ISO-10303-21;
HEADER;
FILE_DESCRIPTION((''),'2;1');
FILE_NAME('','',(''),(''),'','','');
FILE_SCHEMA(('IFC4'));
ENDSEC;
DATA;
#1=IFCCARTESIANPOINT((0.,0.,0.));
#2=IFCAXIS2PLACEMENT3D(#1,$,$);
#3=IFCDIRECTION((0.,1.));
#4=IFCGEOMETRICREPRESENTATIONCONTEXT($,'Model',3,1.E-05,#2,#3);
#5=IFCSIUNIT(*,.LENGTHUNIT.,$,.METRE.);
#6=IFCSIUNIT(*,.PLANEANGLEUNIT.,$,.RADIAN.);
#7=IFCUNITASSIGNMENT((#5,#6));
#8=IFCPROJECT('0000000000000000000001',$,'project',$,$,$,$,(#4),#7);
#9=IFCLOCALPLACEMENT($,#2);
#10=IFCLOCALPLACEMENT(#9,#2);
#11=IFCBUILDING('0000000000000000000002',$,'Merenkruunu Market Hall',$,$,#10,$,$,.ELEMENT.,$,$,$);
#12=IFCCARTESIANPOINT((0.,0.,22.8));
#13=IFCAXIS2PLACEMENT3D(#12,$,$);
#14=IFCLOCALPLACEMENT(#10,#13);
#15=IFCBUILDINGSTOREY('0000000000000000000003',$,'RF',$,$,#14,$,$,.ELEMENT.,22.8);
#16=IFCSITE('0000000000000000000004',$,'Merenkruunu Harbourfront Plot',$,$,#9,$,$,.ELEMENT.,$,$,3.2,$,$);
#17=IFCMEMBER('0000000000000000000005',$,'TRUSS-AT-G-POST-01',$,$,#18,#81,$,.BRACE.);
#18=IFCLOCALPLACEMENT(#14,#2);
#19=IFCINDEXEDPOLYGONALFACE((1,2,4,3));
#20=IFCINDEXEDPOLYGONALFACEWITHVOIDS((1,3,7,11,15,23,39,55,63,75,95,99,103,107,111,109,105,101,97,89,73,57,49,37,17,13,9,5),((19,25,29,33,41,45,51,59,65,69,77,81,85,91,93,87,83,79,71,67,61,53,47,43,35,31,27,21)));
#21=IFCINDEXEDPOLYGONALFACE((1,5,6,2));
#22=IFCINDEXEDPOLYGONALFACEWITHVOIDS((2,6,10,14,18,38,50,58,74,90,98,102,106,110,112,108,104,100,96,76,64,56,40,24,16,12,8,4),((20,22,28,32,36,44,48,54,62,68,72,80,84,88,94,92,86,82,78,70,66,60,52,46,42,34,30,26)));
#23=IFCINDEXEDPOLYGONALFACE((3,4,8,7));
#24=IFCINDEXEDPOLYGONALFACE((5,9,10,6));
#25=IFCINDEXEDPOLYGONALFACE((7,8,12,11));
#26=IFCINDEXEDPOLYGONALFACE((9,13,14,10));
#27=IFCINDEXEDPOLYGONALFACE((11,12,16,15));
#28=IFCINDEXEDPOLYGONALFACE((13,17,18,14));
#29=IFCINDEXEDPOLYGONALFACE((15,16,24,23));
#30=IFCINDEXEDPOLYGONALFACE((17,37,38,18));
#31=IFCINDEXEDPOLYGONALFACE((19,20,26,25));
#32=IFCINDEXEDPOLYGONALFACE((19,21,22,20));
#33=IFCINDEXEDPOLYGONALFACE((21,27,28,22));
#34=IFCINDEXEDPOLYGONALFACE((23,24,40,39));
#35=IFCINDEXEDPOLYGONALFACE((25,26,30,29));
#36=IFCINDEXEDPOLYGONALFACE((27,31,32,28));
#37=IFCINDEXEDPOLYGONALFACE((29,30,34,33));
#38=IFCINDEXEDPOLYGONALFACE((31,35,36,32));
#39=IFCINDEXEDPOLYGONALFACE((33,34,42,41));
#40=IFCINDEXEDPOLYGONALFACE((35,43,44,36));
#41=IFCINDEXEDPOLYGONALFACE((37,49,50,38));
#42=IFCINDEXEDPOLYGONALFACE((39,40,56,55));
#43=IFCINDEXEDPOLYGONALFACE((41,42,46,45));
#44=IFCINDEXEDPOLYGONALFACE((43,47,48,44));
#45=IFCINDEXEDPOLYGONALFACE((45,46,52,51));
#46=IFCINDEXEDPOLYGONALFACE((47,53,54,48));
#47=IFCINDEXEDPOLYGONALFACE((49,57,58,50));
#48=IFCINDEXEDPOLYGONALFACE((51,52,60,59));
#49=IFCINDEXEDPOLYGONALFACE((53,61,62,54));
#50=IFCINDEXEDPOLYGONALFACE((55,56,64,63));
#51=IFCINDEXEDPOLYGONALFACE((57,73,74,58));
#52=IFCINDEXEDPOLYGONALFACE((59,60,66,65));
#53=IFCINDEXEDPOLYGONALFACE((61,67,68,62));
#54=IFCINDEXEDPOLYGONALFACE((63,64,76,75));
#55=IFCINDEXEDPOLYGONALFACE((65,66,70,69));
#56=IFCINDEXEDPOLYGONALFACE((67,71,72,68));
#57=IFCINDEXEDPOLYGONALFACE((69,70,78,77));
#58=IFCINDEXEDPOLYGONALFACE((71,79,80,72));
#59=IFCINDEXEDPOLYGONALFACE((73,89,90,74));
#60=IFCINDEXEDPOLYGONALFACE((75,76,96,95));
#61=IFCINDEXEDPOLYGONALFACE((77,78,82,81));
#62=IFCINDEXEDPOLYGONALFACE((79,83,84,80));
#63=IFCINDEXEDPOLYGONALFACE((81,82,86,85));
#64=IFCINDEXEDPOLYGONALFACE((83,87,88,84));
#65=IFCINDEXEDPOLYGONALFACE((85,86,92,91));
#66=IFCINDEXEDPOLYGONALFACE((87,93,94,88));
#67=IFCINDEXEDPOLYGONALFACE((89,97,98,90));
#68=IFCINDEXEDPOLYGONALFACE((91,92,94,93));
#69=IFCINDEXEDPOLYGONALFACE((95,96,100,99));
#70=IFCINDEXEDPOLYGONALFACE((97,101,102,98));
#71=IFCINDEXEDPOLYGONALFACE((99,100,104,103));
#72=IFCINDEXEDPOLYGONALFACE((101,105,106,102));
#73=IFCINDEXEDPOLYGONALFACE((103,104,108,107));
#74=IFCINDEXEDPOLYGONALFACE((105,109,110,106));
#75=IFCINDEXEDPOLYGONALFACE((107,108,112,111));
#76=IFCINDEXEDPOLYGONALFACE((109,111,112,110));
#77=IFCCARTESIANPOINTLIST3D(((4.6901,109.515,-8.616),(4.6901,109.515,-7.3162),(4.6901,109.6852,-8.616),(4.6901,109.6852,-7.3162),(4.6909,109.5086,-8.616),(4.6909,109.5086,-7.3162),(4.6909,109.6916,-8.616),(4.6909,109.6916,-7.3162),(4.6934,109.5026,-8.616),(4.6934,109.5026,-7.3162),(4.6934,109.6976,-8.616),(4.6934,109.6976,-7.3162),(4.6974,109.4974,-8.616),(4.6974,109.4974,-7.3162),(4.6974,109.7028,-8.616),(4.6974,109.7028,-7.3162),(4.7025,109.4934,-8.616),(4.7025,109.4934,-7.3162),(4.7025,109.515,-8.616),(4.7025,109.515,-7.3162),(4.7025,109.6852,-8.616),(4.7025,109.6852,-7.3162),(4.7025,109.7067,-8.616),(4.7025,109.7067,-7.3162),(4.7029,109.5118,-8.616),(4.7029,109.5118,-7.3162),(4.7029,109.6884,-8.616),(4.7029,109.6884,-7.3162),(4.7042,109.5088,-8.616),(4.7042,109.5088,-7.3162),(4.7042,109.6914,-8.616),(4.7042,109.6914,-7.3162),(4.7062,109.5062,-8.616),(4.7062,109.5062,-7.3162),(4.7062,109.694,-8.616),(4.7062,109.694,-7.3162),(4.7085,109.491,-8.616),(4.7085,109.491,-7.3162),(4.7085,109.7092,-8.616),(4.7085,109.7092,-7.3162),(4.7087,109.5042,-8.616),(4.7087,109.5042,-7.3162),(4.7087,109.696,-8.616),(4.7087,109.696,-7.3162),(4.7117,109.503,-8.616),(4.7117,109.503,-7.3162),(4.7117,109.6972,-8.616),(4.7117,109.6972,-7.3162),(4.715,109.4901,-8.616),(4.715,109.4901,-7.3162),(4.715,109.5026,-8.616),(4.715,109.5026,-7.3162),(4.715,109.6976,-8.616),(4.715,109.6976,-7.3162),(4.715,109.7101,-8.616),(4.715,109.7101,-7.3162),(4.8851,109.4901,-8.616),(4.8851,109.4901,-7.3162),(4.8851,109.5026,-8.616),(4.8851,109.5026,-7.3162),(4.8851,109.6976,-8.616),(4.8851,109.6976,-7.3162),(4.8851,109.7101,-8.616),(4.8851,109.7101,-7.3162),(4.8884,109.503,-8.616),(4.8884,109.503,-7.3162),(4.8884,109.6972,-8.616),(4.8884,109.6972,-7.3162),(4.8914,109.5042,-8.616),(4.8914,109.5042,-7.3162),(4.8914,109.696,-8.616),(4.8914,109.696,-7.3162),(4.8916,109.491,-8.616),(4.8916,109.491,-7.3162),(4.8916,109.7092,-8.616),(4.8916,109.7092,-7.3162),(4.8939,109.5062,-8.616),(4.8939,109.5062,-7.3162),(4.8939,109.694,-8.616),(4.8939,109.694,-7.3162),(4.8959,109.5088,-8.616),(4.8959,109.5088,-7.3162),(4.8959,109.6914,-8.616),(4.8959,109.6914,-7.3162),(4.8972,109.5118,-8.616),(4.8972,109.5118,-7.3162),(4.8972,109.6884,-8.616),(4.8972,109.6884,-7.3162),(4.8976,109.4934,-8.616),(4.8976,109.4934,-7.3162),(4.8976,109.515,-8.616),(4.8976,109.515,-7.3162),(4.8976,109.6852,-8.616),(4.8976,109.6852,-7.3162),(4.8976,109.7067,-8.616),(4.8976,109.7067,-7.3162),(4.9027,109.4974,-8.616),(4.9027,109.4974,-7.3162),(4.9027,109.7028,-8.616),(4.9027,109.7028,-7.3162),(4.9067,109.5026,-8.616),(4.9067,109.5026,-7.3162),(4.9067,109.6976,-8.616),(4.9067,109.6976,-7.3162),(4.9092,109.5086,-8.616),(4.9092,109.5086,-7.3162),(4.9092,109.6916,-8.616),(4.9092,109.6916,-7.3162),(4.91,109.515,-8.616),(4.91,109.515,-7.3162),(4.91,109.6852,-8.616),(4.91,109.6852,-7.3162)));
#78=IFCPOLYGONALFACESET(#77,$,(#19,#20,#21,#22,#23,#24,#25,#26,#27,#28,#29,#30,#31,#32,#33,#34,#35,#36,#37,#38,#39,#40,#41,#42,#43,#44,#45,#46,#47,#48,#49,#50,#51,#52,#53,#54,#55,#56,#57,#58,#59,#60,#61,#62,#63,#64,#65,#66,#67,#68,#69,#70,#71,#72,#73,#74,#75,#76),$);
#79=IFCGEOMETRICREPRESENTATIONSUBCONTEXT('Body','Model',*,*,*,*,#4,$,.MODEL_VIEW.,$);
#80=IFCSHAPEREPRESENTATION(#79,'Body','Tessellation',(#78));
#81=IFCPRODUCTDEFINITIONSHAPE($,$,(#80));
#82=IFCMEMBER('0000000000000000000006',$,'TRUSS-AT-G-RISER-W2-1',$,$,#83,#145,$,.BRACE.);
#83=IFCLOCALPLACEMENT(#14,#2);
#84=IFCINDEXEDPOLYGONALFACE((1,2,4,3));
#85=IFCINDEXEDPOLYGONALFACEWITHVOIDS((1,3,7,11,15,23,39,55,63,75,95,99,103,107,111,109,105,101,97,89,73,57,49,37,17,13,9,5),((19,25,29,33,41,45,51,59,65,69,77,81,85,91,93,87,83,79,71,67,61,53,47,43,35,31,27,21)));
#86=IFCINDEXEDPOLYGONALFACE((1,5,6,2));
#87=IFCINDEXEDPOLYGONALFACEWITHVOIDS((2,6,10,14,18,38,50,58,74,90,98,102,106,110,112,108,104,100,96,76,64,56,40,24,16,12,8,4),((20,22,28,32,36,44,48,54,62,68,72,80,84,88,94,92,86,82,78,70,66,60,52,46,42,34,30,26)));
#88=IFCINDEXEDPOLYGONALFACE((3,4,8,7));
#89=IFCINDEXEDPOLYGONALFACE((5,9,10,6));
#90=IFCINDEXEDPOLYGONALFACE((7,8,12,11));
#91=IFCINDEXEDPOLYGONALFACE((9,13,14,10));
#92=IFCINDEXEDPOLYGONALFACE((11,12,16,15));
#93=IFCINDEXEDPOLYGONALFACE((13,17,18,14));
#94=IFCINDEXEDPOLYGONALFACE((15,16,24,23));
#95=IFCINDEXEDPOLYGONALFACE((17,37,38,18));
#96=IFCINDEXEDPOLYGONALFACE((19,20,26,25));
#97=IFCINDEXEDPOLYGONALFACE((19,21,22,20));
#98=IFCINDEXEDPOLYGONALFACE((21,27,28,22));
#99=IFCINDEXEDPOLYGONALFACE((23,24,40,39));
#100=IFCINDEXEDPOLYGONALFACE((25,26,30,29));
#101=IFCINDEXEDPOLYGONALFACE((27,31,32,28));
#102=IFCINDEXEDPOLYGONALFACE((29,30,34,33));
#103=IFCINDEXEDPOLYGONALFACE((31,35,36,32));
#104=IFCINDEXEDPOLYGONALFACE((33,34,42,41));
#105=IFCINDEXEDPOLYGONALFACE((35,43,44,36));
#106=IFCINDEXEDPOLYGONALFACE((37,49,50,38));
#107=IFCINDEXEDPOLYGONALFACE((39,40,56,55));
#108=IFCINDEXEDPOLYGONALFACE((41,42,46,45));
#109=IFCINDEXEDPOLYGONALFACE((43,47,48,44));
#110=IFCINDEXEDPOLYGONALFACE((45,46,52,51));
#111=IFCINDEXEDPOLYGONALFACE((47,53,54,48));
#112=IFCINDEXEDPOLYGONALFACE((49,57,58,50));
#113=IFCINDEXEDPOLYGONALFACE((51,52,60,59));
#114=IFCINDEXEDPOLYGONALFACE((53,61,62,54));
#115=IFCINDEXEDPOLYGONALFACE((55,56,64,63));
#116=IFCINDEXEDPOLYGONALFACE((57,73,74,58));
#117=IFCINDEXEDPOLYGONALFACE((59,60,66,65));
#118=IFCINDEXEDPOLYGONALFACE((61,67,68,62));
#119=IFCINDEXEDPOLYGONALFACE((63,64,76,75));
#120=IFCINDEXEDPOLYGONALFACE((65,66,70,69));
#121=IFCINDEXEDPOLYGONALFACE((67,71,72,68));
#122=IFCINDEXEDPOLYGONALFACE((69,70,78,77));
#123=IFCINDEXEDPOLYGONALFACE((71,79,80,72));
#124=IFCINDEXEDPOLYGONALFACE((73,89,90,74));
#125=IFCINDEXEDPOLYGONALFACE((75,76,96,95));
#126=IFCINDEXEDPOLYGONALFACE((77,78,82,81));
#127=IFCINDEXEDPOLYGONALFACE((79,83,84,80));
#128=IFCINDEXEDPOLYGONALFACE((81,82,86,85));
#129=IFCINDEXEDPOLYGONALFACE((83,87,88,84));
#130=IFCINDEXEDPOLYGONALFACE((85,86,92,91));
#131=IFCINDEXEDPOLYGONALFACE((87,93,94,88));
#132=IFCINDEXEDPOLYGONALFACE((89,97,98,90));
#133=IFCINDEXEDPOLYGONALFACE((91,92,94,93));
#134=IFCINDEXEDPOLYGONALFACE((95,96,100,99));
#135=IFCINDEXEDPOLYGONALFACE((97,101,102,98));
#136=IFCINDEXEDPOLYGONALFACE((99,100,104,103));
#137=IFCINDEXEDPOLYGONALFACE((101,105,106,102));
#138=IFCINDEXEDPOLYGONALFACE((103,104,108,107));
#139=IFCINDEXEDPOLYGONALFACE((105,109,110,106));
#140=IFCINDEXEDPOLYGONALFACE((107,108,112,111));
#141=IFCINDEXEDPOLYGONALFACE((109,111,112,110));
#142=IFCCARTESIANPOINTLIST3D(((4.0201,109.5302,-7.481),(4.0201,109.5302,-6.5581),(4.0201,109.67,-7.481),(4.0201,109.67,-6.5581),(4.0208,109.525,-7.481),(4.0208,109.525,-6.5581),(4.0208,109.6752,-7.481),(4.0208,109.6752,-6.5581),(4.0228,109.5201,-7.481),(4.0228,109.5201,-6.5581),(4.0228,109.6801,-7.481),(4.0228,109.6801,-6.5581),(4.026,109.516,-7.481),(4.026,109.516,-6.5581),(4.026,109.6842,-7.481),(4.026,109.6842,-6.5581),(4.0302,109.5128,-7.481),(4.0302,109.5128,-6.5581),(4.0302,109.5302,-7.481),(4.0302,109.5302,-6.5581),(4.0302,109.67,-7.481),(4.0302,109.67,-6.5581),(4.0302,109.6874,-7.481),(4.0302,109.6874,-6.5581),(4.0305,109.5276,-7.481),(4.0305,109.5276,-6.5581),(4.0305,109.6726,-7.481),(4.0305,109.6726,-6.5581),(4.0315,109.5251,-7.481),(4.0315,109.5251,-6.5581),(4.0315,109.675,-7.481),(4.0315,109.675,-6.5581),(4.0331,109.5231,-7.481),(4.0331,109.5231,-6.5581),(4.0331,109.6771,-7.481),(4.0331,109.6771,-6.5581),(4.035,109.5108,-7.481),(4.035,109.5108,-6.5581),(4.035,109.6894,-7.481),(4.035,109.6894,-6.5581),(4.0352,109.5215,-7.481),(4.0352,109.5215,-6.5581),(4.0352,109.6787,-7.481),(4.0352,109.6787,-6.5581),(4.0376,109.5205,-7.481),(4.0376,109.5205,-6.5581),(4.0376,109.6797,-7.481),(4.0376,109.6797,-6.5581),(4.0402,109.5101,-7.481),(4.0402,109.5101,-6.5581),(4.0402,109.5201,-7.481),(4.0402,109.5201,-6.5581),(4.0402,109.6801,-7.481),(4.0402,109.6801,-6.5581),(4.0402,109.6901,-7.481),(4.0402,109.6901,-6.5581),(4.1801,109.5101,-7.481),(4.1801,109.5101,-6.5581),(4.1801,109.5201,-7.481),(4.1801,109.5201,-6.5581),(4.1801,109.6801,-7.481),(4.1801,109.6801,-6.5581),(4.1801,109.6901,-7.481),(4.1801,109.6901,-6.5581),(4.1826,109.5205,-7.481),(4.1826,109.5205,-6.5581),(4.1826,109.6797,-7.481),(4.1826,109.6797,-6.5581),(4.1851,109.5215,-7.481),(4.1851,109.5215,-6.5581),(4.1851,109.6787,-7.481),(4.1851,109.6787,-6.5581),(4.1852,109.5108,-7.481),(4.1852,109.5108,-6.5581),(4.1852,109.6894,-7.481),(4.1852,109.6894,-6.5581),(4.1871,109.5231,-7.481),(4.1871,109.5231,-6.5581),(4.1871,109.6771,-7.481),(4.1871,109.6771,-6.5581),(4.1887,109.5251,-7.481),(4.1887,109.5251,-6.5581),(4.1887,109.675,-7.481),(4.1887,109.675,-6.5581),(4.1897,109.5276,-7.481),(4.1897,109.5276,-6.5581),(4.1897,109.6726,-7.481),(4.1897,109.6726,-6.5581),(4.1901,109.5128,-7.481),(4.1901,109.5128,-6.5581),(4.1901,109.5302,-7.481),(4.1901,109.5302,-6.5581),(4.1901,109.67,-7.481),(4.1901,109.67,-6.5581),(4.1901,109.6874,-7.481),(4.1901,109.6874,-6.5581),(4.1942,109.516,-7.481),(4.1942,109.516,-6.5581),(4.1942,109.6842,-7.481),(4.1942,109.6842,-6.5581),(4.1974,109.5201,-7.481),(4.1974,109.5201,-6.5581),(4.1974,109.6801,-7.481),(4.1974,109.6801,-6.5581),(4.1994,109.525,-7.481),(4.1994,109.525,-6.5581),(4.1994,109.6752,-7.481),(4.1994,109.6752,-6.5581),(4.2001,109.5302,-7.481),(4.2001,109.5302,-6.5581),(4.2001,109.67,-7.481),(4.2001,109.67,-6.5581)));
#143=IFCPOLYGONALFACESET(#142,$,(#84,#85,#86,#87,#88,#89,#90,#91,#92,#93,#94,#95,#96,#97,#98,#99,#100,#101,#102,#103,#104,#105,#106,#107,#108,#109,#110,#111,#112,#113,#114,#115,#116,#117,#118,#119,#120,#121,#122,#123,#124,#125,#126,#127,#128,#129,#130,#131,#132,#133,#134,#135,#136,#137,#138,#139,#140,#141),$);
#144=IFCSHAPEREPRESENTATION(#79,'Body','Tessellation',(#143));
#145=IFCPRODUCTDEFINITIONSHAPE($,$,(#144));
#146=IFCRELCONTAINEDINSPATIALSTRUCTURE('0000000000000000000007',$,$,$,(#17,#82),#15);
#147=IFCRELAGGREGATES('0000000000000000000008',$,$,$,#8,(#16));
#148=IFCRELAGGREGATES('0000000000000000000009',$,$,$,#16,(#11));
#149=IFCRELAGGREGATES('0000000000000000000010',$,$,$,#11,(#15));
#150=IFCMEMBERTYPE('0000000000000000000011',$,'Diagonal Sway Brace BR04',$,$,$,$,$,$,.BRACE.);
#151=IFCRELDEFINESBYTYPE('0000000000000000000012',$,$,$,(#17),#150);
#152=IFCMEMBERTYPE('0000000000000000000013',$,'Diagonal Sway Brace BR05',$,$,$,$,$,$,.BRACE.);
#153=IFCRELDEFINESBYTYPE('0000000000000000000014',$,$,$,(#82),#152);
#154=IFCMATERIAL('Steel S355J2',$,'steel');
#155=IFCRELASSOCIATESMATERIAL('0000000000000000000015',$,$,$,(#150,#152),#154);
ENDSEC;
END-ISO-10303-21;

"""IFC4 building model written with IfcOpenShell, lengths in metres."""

from ifc_helpers import new_model, si_unit, direction, frame, origin, origin_2d, place, context, subcontext, project, spatial, hollow_rectangle, extrude, material, material_profile, profile_set, type_object, element, save


model = new_model("IFC4")

# Units and contexts
model_context = context("Model", 3, precision=1e-05, world=origin(), true_north=direction((0.0, 1.0)))
body_context = subcontext(model_context, "Body", "Model", "MODEL_VIEW")
ifc_project = project(units=[si_unit("LENGTHUNIT", "METRE"), si_unit("PLANEANGLEUNIT", "RADIAN")], contexts=[model_context])

# Site, building, storey
site_placement = place(None, origin())
site = spatial("IfcSite", under=ifc_project, at=site_placement, Name="Merenkruunu Harbourfront Plot", CompositionType="ELEMENT", RefElevation=3.2)
building_placement = place(site_placement, origin())
building = spatial("IfcBuilding", under=site, at=building_placement, Name="Merenkruunu Market Hall", CompositionType="ELEMENT")
storey_placement = place(building_placement, frame((0.0, 0.0, 22.8)))
storey = spatial("IfcBuildingStorey", under=building, at=storey_placement, Name="RF", CompositionType="ELEMENT", Elevation=22.8)

# Members
ifc_material_1 = material(Name="Steel S355J2", Category="steel")
ifc_material_profile_1 = material_profile(ifc_material_1, hollow_rectangle(XDim=0.22, YDim=0.22, WallThickness=0.0125, InnerFilletRadius=0.0125, OuterFilletRadius=0.0249, at=origin_2d()), Name="SHS 220x220x12.5")
ifc_profile_set_1 = profile_set([ifc_material_profile_1], Name="Steel S355J2")
member_type_1 = type_object("IfcMemberType", Name="Diagonal Sway Brace BR04", PredefinedType="BRACE", material=ifc_profile_set_1)
member_1_placement = place(storey_placement, frame((4.8, 109.6001, -8.616), z_axis=(0.0, 0.0, 1.0), x_axis=(1.0, 0.0, 0.0)))
element("IfcMember", 1, at=member_1_placement, inside=storey, type_object=member_type_1, Name="TRUSS-AT-G-POST-01", PredefinedType="BRACE", context=body_context, shape_type="SweptSolid", body=[
    extrude(hollow_rectangle(XDim=0.22, YDim=0.22, WallThickness=0.0125, InnerFilletRadius=0.0125, OuterFilletRadius=0.0249, at=origin_2d()), origin(), (0.0, 0.0, 1.0), 1.2998),
])
ifc_material_profile_2 = material_profile(ifc_material_1, hollow_rectangle(XDim=0.1799, YDim=0.1799, WallThickness=0.01, InnerFilletRadius=0.01, OuterFilletRadius=0.02, at=origin_2d()), Name="SHS 180x180x10")
ifc_profile_set_2 = profile_set([ifc_material_profile_2], Name="Steel S355J2")
member_type_2 = type_object("IfcMemberType", Name="Diagonal Sway Brace BR05", PredefinedType="BRACE", material=ifc_profile_set_2)
member_2_placement = place(storey_placement, frame((4.1101, 109.6001, -7.481), z_axis=(0.0, 0.0, 1.0), x_axis=(1.0, 0.0, 0.0)))
element("IfcMember", 2, at=member_2_placement, inside=storey, type_object=member_type_2, Name="TRUSS-AT-G-RISER-W2-1", PredefinedType="BRACE", context=body_context, shape_type="SweptSolid", body=[
    extrude(hollow_rectangle(XDim=0.1799, YDim=0.1799, WallThickness=0.01, InnerFilletRadius=0.01, OuterFilletRadius=0.02, at=origin_2d()), origin(), (0.0, 0.0, 1.0), 0.9229),
])

save(model, "model.ifc")
